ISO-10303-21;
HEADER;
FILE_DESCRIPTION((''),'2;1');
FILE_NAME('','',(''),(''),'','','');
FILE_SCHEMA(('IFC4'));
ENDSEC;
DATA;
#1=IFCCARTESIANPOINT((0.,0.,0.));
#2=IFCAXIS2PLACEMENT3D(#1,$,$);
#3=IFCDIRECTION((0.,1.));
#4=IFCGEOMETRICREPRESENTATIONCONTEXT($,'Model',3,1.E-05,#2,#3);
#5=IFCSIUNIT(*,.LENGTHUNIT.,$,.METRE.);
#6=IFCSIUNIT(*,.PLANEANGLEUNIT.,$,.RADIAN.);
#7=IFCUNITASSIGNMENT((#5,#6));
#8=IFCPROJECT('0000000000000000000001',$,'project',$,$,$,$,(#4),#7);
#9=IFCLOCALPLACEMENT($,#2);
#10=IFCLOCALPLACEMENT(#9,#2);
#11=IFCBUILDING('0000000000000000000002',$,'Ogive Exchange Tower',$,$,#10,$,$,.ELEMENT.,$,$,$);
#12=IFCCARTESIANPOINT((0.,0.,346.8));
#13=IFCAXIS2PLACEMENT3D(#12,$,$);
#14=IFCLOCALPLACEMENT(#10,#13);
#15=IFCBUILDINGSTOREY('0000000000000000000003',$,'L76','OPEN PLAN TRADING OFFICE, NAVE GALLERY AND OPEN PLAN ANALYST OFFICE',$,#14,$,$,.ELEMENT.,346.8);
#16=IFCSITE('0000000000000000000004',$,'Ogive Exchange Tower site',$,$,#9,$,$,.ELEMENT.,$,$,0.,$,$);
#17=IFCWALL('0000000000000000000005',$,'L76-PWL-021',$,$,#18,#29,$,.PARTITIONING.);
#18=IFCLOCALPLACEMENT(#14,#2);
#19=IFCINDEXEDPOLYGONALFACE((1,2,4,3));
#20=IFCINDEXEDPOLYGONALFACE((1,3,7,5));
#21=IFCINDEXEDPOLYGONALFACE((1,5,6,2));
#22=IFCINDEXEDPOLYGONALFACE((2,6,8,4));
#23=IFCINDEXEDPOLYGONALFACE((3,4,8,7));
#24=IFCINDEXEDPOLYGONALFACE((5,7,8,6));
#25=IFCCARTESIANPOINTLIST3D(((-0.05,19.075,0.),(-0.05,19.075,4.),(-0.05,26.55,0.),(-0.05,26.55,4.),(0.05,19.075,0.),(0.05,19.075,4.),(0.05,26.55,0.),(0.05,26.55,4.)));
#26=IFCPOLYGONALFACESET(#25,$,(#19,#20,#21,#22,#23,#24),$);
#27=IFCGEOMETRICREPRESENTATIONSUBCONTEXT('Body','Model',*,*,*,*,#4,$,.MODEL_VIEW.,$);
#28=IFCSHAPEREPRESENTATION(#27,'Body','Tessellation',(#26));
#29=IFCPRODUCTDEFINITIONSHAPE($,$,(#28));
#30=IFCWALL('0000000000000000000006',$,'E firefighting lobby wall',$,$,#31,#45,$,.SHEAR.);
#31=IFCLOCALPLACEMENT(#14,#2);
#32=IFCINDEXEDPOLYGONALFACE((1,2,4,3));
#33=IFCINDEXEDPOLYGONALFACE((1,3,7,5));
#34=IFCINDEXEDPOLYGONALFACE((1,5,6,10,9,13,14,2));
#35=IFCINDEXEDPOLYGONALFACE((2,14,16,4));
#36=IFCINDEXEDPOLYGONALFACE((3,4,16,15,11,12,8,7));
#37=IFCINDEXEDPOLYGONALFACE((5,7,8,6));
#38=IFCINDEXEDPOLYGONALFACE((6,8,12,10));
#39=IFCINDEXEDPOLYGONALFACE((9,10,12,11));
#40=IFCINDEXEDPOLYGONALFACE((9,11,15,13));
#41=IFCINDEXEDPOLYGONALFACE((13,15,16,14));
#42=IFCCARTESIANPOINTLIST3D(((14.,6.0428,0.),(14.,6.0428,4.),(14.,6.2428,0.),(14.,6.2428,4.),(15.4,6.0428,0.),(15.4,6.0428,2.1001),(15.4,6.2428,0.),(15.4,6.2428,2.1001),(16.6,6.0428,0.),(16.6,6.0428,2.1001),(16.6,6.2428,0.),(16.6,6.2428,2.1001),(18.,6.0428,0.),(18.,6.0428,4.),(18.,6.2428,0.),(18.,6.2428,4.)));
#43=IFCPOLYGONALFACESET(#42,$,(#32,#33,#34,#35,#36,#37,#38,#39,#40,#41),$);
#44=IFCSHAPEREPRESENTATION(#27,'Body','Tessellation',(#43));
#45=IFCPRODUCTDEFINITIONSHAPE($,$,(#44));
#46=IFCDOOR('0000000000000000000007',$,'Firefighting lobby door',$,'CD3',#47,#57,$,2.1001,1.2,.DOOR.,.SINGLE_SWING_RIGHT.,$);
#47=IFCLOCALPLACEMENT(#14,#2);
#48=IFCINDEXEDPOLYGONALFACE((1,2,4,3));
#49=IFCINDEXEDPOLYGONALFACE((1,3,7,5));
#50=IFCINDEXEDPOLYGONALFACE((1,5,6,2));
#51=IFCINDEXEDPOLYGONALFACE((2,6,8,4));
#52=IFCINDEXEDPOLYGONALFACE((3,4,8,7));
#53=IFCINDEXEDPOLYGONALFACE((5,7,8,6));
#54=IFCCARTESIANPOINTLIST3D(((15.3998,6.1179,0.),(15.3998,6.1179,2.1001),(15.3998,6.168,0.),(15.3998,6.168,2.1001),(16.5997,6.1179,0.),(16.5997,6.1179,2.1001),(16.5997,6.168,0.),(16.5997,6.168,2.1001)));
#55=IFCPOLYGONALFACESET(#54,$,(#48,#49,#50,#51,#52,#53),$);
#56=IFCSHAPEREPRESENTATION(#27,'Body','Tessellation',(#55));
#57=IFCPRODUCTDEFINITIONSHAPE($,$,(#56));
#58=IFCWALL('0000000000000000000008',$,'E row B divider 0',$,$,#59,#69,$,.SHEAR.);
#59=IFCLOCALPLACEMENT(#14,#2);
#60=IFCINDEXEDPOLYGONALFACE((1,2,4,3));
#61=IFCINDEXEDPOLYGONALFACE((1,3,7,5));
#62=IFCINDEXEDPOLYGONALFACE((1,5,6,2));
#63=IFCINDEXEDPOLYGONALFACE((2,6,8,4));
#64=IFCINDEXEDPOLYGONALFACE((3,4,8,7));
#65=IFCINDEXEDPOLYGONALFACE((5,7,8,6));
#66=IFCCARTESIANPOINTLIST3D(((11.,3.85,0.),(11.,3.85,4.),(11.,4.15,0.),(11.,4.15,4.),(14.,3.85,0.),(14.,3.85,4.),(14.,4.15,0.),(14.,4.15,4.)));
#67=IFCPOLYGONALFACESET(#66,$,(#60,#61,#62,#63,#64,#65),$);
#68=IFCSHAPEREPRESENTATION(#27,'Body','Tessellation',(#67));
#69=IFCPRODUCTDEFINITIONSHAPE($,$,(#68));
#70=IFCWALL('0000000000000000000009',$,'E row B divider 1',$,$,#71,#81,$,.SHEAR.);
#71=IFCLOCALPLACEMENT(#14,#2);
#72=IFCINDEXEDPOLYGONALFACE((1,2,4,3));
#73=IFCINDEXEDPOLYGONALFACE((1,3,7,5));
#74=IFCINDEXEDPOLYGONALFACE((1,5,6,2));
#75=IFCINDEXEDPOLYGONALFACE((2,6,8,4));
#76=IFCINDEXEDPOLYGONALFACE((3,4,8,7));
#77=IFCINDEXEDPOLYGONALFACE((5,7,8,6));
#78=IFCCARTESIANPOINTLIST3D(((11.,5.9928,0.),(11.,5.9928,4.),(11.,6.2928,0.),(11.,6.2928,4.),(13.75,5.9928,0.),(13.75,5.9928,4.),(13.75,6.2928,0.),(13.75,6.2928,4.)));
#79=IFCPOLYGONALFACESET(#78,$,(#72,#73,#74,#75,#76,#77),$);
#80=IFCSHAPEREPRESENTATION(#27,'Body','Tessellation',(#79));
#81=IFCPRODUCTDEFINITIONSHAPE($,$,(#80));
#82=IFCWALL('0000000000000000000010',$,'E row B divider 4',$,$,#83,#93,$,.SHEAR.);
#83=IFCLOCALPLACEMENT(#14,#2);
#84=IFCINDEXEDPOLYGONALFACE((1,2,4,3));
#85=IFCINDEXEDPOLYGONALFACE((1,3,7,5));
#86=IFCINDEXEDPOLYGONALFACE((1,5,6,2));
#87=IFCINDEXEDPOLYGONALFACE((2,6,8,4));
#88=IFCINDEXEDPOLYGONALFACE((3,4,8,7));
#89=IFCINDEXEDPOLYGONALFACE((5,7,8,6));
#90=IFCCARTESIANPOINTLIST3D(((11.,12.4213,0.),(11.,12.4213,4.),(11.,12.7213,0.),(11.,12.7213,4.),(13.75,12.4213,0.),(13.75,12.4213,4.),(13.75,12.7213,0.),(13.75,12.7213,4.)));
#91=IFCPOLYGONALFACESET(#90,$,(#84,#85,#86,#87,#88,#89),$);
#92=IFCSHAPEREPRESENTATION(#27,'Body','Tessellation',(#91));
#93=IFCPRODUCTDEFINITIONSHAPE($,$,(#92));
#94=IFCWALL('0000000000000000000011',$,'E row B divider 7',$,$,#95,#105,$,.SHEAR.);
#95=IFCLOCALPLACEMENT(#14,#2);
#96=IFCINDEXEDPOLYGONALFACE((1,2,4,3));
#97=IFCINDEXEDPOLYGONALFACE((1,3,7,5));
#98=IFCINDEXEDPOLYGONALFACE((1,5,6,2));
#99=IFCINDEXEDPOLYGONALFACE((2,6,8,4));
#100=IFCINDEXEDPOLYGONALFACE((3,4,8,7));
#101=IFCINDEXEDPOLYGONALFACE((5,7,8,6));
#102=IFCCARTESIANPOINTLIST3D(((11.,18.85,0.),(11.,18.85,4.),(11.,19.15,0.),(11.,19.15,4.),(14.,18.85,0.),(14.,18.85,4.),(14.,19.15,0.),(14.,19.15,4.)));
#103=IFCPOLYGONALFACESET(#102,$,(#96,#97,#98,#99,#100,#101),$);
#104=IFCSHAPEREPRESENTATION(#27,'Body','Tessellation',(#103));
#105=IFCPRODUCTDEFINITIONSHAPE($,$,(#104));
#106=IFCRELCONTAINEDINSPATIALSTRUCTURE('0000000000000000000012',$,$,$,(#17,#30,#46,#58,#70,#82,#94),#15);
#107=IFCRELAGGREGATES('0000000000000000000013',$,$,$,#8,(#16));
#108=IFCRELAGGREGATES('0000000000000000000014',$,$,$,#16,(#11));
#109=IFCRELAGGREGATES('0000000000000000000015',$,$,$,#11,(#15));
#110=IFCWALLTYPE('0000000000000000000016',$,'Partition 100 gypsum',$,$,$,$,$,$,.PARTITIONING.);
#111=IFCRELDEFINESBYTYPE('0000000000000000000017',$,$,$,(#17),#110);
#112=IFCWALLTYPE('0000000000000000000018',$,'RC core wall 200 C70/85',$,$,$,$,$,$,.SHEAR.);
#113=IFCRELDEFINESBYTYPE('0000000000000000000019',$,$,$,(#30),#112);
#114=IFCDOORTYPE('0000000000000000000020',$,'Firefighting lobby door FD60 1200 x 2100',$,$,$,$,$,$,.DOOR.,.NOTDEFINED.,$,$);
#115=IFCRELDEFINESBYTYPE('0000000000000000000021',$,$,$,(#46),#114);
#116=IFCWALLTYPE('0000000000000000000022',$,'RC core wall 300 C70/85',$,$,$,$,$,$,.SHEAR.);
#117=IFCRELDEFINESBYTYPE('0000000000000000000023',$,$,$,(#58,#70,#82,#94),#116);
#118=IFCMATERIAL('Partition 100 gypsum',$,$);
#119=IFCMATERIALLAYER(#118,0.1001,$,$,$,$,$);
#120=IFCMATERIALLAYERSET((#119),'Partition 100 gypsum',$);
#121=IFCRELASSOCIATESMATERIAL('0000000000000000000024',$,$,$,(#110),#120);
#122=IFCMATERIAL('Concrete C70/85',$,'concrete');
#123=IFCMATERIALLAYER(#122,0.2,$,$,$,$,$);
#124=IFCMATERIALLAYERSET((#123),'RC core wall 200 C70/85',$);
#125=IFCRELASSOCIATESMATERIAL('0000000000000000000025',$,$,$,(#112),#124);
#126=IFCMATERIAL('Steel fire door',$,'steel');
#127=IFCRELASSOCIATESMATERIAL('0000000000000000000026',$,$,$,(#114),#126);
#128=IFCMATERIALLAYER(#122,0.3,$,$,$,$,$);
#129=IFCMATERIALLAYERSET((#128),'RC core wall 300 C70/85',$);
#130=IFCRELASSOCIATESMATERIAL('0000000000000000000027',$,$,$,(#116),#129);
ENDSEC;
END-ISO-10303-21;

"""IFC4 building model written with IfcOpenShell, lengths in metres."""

from ifc_helpers import new_model, si_unit, direction, frame, frame_2d, origin, place, context, subcontext, project, spatial, rectangle, extrude, material, layer, layer_set, type_object, element, fill, save


model = new_model("IFC4")

# Units and contexts
model_context = context("Model", 3, precision=1e-05, world=origin(), true_north=direction((0.0, 1.0)))
body_context = subcontext(model_context, "Body", "Model", "MODEL_VIEW")
ifc_project = project(units=[si_unit("LENGTHUNIT", "METRE"), si_unit("PLANEANGLEUNIT", "RADIAN")], contexts=[model_context])

# Site, building, storey
site_placement = place(None, origin())
site = spatial("IfcSite", under=ifc_project, at=site_placement, Name="Ogive Exchange Tower site", CompositionType="ELEMENT", RefElevation=0.0)
building_placement = place(site_placement, origin())
building = spatial("IfcBuilding", under=site, at=building_placement, Name="Ogive Exchange Tower", CompositionType="ELEMENT")
storey_placement = place(building_placement, frame((0.0, 0.0, 346.8)))
storey = spatial("IfcBuildingStorey", under=building, at=storey_placement, Name="L76", Description="OPEN PLAN TRADING OFFICE, NAVE GALLERY AND OPEN PLAN ANALYST OFFICE", CompositionType="ELEMENT", Elevation=346.8)

# Wall
ifc_material_1 = material(Name="Partition 100 gypsum")
ifc_layer_1 = layer(ifc_material_1, 0.1001)
ifc_layer_set_1 = layer_set([ifc_layer_1], Name="Partition 100 gypsum")
wall_type_1 = type_object("IfcWallType", Name="Partition 100 gypsum", PredefinedType="PARTITIONING", material=ifc_layer_set_1)
wall_1_placement = place(storey_placement, frame((0.0, 19.075, 0.0), z_axis=(0.0, 0.0, 1.0), x_axis=(0.0, 1.0, 0.0)))
element("IfcWall", 1, at=wall_1_placement, inside=storey, type_object=wall_type_1, Name="L76-PWL-021", PredefinedType="PARTITIONING", context=body_context, shape_type="SweptSolid", body=[
    extrude(rectangle(XDim=7.4751, YDim=0.1001, at=frame_2d((3.7375, 0.0))), origin(), (0.0, 0.0, 1.0), 4.0),
])

# Wall, opening, door
ifc_material_2 = material(Name="Concrete C70/85", Category="concrete")
ifc_layer_2 = layer(ifc_material_2, 0.2)
ifc_layer_set_2 = layer_set([ifc_layer_2], Name="RC core wall 200 C70/85")
wall_type_2 = type_object("IfcWallType", Name="RC core wall 200 C70/85", PredefinedType="SHEAR", material=ifc_layer_set_2)
wall_2_placement = place(storey_placement, frame((14.0, 6.1428, 0.0), z_axis=(0.0, 0.0, 1.0), x_axis=(1.0, 0.0, 0.0)))
wall_2 = element("IfcWall", 2, at=wall_2_placement, inside=storey, type_object=wall_type_2, Name="E firefighting lobby wall", PredefinedType="SHEAR", context=body_context, shape_type="SweptSolid", body=[
    extrude(rectangle(XDim=4.0, YDim=0.2, at=frame_2d((2.0, 0.0))), origin(), (0.0, 0.0, 1.0), 4.0),
])
opening_1_placement = place(wall_2_placement, frame((1.3999, 0.0, 0.0)))
opening_1 = element("IfcOpeningElement", 3, at=opening_1_placement, cuts=wall_2, PredefinedType="OPENING", context=body_context, shape_type="SweptSolid", body=[
    extrude(rectangle(XDim=1.2, YDim=2.1001, at=frame_2d((0.6001, 1.05))), frame((0.0, 0.1099, 0.0), z_axis=(0.0, -1.0, 0.0), x_axis=(1.0, 0.0, 0.0)), (0.0, 0.0, 1.0), 0.22),
])
ifc_material_3 = material(Name="Steel fire door", Category="steel")
door_type_1 = type_object("IfcDoorType", Name="Firefighting lobby door FD60 1200 x 2100", OperationType="NOTDEFINED", PredefinedType="DOOR", material=ifc_material_3)
door_1_placement = place(opening_1_placement, frame((1.2, 0.0, 0.0), z_axis=(0.0, 0.0, 1.0), x_axis=(-1.0, 0.0, 0.0)))
door_1 = element("IfcDoor", 4, at=door_1_placement, inside=storey, type_object=door_type_1, Name="Firefighting lobby door", ObjectType="CD3", OperationType="SINGLE_SWING_RIGHT", OverallHeight=2.1001, OverallWidth=1.2, PredefinedType="DOOR", context=body_context, shape_type="SweptSolid", body=[
    extrude(rectangle(XDim=1.2, YDim=2.1001, at=frame_2d((0.6001, 1.05))), frame((0.0, 0.0249, 0.0), z_axis=(0.0, -1.0, 0.0), x_axis=(1.0, 0.0, 0.0)), (0.0, 0.0, 1.0), 0.05),
])
fill(opening_1, door_1)

# Walls
ifc_layer_3 = layer(ifc_material_2, 0.3)
ifc_layer_set_3 = layer_set([ifc_layer_3], Name="RC core wall 300 C70/85")
wall_type_3 = type_object("IfcWallType", Name="RC core wall 300 C70/85", PredefinedType="SHEAR", material=ifc_layer_set_3)
wall_3_placement = place(storey_placement, frame((11.0, 4.0, 0.0), z_axis=(0.0, 0.0, 1.0), x_axis=(1.0, 0.0, 0.0)))
element("IfcWall", 5, at=wall_3_placement, inside=storey, type_object=wall_type_3, Name="E row B divider 0", PredefinedType="SHEAR", context=body_context, shape_type="SweptSolid", body=[
    extrude(rectangle(XDim=3.0, YDim=0.3, at=frame_2d((1.5, 0.0))), origin(), (0.0, 0.0, 1.0), 4.0),
])
for number, where, z_axis, x_axis, name in (
    (6, (11.0, 6.1428, 0.0), (0.0, 0.0, 1.0), (1.0, 0.0, 0.0), "E row B divider 1"),
    (7, (11.0, 12.5713, 0.0), (0.0, 0.0, 1.0), (1.0, 0.0, 0.0), "E row B divider 4"),
):
    element("IfcWall", number, at=place(storey_placement, frame(where, z_axis=z_axis, x_axis=x_axis)), inside=storey, type_object=wall_type_3, Name=name, PredefinedType="SHEAR", context=body_context, shape_type="SweptSolid", body=[
        extrude(rectangle(XDim=2.75, YDim=0.3, at=frame_2d((1.375, 0.0))), origin(), (0.0, 0.0, 1.0), 4.0),
    ])
wall_4_placement = place(storey_placement, frame((11.0, 19.0, 0.0), z_axis=(0.0, 0.0, 1.0), x_axis=(1.0, 0.0, 0.0)))
element("IfcWall", 8, at=wall_4_placement, inside=storey, type_object=wall_type_3, Name="E row B divider 7", PredefinedType="SHEAR", context=body_context, shape_type="SweptSolid", body=[
    extrude(rectangle(XDim=3.0, YDim=0.3, at=frame_2d((1.5, 0.0))), origin(), (0.0, 0.0, 1.0), 4.0),
])

save(model, "model.ifc")
